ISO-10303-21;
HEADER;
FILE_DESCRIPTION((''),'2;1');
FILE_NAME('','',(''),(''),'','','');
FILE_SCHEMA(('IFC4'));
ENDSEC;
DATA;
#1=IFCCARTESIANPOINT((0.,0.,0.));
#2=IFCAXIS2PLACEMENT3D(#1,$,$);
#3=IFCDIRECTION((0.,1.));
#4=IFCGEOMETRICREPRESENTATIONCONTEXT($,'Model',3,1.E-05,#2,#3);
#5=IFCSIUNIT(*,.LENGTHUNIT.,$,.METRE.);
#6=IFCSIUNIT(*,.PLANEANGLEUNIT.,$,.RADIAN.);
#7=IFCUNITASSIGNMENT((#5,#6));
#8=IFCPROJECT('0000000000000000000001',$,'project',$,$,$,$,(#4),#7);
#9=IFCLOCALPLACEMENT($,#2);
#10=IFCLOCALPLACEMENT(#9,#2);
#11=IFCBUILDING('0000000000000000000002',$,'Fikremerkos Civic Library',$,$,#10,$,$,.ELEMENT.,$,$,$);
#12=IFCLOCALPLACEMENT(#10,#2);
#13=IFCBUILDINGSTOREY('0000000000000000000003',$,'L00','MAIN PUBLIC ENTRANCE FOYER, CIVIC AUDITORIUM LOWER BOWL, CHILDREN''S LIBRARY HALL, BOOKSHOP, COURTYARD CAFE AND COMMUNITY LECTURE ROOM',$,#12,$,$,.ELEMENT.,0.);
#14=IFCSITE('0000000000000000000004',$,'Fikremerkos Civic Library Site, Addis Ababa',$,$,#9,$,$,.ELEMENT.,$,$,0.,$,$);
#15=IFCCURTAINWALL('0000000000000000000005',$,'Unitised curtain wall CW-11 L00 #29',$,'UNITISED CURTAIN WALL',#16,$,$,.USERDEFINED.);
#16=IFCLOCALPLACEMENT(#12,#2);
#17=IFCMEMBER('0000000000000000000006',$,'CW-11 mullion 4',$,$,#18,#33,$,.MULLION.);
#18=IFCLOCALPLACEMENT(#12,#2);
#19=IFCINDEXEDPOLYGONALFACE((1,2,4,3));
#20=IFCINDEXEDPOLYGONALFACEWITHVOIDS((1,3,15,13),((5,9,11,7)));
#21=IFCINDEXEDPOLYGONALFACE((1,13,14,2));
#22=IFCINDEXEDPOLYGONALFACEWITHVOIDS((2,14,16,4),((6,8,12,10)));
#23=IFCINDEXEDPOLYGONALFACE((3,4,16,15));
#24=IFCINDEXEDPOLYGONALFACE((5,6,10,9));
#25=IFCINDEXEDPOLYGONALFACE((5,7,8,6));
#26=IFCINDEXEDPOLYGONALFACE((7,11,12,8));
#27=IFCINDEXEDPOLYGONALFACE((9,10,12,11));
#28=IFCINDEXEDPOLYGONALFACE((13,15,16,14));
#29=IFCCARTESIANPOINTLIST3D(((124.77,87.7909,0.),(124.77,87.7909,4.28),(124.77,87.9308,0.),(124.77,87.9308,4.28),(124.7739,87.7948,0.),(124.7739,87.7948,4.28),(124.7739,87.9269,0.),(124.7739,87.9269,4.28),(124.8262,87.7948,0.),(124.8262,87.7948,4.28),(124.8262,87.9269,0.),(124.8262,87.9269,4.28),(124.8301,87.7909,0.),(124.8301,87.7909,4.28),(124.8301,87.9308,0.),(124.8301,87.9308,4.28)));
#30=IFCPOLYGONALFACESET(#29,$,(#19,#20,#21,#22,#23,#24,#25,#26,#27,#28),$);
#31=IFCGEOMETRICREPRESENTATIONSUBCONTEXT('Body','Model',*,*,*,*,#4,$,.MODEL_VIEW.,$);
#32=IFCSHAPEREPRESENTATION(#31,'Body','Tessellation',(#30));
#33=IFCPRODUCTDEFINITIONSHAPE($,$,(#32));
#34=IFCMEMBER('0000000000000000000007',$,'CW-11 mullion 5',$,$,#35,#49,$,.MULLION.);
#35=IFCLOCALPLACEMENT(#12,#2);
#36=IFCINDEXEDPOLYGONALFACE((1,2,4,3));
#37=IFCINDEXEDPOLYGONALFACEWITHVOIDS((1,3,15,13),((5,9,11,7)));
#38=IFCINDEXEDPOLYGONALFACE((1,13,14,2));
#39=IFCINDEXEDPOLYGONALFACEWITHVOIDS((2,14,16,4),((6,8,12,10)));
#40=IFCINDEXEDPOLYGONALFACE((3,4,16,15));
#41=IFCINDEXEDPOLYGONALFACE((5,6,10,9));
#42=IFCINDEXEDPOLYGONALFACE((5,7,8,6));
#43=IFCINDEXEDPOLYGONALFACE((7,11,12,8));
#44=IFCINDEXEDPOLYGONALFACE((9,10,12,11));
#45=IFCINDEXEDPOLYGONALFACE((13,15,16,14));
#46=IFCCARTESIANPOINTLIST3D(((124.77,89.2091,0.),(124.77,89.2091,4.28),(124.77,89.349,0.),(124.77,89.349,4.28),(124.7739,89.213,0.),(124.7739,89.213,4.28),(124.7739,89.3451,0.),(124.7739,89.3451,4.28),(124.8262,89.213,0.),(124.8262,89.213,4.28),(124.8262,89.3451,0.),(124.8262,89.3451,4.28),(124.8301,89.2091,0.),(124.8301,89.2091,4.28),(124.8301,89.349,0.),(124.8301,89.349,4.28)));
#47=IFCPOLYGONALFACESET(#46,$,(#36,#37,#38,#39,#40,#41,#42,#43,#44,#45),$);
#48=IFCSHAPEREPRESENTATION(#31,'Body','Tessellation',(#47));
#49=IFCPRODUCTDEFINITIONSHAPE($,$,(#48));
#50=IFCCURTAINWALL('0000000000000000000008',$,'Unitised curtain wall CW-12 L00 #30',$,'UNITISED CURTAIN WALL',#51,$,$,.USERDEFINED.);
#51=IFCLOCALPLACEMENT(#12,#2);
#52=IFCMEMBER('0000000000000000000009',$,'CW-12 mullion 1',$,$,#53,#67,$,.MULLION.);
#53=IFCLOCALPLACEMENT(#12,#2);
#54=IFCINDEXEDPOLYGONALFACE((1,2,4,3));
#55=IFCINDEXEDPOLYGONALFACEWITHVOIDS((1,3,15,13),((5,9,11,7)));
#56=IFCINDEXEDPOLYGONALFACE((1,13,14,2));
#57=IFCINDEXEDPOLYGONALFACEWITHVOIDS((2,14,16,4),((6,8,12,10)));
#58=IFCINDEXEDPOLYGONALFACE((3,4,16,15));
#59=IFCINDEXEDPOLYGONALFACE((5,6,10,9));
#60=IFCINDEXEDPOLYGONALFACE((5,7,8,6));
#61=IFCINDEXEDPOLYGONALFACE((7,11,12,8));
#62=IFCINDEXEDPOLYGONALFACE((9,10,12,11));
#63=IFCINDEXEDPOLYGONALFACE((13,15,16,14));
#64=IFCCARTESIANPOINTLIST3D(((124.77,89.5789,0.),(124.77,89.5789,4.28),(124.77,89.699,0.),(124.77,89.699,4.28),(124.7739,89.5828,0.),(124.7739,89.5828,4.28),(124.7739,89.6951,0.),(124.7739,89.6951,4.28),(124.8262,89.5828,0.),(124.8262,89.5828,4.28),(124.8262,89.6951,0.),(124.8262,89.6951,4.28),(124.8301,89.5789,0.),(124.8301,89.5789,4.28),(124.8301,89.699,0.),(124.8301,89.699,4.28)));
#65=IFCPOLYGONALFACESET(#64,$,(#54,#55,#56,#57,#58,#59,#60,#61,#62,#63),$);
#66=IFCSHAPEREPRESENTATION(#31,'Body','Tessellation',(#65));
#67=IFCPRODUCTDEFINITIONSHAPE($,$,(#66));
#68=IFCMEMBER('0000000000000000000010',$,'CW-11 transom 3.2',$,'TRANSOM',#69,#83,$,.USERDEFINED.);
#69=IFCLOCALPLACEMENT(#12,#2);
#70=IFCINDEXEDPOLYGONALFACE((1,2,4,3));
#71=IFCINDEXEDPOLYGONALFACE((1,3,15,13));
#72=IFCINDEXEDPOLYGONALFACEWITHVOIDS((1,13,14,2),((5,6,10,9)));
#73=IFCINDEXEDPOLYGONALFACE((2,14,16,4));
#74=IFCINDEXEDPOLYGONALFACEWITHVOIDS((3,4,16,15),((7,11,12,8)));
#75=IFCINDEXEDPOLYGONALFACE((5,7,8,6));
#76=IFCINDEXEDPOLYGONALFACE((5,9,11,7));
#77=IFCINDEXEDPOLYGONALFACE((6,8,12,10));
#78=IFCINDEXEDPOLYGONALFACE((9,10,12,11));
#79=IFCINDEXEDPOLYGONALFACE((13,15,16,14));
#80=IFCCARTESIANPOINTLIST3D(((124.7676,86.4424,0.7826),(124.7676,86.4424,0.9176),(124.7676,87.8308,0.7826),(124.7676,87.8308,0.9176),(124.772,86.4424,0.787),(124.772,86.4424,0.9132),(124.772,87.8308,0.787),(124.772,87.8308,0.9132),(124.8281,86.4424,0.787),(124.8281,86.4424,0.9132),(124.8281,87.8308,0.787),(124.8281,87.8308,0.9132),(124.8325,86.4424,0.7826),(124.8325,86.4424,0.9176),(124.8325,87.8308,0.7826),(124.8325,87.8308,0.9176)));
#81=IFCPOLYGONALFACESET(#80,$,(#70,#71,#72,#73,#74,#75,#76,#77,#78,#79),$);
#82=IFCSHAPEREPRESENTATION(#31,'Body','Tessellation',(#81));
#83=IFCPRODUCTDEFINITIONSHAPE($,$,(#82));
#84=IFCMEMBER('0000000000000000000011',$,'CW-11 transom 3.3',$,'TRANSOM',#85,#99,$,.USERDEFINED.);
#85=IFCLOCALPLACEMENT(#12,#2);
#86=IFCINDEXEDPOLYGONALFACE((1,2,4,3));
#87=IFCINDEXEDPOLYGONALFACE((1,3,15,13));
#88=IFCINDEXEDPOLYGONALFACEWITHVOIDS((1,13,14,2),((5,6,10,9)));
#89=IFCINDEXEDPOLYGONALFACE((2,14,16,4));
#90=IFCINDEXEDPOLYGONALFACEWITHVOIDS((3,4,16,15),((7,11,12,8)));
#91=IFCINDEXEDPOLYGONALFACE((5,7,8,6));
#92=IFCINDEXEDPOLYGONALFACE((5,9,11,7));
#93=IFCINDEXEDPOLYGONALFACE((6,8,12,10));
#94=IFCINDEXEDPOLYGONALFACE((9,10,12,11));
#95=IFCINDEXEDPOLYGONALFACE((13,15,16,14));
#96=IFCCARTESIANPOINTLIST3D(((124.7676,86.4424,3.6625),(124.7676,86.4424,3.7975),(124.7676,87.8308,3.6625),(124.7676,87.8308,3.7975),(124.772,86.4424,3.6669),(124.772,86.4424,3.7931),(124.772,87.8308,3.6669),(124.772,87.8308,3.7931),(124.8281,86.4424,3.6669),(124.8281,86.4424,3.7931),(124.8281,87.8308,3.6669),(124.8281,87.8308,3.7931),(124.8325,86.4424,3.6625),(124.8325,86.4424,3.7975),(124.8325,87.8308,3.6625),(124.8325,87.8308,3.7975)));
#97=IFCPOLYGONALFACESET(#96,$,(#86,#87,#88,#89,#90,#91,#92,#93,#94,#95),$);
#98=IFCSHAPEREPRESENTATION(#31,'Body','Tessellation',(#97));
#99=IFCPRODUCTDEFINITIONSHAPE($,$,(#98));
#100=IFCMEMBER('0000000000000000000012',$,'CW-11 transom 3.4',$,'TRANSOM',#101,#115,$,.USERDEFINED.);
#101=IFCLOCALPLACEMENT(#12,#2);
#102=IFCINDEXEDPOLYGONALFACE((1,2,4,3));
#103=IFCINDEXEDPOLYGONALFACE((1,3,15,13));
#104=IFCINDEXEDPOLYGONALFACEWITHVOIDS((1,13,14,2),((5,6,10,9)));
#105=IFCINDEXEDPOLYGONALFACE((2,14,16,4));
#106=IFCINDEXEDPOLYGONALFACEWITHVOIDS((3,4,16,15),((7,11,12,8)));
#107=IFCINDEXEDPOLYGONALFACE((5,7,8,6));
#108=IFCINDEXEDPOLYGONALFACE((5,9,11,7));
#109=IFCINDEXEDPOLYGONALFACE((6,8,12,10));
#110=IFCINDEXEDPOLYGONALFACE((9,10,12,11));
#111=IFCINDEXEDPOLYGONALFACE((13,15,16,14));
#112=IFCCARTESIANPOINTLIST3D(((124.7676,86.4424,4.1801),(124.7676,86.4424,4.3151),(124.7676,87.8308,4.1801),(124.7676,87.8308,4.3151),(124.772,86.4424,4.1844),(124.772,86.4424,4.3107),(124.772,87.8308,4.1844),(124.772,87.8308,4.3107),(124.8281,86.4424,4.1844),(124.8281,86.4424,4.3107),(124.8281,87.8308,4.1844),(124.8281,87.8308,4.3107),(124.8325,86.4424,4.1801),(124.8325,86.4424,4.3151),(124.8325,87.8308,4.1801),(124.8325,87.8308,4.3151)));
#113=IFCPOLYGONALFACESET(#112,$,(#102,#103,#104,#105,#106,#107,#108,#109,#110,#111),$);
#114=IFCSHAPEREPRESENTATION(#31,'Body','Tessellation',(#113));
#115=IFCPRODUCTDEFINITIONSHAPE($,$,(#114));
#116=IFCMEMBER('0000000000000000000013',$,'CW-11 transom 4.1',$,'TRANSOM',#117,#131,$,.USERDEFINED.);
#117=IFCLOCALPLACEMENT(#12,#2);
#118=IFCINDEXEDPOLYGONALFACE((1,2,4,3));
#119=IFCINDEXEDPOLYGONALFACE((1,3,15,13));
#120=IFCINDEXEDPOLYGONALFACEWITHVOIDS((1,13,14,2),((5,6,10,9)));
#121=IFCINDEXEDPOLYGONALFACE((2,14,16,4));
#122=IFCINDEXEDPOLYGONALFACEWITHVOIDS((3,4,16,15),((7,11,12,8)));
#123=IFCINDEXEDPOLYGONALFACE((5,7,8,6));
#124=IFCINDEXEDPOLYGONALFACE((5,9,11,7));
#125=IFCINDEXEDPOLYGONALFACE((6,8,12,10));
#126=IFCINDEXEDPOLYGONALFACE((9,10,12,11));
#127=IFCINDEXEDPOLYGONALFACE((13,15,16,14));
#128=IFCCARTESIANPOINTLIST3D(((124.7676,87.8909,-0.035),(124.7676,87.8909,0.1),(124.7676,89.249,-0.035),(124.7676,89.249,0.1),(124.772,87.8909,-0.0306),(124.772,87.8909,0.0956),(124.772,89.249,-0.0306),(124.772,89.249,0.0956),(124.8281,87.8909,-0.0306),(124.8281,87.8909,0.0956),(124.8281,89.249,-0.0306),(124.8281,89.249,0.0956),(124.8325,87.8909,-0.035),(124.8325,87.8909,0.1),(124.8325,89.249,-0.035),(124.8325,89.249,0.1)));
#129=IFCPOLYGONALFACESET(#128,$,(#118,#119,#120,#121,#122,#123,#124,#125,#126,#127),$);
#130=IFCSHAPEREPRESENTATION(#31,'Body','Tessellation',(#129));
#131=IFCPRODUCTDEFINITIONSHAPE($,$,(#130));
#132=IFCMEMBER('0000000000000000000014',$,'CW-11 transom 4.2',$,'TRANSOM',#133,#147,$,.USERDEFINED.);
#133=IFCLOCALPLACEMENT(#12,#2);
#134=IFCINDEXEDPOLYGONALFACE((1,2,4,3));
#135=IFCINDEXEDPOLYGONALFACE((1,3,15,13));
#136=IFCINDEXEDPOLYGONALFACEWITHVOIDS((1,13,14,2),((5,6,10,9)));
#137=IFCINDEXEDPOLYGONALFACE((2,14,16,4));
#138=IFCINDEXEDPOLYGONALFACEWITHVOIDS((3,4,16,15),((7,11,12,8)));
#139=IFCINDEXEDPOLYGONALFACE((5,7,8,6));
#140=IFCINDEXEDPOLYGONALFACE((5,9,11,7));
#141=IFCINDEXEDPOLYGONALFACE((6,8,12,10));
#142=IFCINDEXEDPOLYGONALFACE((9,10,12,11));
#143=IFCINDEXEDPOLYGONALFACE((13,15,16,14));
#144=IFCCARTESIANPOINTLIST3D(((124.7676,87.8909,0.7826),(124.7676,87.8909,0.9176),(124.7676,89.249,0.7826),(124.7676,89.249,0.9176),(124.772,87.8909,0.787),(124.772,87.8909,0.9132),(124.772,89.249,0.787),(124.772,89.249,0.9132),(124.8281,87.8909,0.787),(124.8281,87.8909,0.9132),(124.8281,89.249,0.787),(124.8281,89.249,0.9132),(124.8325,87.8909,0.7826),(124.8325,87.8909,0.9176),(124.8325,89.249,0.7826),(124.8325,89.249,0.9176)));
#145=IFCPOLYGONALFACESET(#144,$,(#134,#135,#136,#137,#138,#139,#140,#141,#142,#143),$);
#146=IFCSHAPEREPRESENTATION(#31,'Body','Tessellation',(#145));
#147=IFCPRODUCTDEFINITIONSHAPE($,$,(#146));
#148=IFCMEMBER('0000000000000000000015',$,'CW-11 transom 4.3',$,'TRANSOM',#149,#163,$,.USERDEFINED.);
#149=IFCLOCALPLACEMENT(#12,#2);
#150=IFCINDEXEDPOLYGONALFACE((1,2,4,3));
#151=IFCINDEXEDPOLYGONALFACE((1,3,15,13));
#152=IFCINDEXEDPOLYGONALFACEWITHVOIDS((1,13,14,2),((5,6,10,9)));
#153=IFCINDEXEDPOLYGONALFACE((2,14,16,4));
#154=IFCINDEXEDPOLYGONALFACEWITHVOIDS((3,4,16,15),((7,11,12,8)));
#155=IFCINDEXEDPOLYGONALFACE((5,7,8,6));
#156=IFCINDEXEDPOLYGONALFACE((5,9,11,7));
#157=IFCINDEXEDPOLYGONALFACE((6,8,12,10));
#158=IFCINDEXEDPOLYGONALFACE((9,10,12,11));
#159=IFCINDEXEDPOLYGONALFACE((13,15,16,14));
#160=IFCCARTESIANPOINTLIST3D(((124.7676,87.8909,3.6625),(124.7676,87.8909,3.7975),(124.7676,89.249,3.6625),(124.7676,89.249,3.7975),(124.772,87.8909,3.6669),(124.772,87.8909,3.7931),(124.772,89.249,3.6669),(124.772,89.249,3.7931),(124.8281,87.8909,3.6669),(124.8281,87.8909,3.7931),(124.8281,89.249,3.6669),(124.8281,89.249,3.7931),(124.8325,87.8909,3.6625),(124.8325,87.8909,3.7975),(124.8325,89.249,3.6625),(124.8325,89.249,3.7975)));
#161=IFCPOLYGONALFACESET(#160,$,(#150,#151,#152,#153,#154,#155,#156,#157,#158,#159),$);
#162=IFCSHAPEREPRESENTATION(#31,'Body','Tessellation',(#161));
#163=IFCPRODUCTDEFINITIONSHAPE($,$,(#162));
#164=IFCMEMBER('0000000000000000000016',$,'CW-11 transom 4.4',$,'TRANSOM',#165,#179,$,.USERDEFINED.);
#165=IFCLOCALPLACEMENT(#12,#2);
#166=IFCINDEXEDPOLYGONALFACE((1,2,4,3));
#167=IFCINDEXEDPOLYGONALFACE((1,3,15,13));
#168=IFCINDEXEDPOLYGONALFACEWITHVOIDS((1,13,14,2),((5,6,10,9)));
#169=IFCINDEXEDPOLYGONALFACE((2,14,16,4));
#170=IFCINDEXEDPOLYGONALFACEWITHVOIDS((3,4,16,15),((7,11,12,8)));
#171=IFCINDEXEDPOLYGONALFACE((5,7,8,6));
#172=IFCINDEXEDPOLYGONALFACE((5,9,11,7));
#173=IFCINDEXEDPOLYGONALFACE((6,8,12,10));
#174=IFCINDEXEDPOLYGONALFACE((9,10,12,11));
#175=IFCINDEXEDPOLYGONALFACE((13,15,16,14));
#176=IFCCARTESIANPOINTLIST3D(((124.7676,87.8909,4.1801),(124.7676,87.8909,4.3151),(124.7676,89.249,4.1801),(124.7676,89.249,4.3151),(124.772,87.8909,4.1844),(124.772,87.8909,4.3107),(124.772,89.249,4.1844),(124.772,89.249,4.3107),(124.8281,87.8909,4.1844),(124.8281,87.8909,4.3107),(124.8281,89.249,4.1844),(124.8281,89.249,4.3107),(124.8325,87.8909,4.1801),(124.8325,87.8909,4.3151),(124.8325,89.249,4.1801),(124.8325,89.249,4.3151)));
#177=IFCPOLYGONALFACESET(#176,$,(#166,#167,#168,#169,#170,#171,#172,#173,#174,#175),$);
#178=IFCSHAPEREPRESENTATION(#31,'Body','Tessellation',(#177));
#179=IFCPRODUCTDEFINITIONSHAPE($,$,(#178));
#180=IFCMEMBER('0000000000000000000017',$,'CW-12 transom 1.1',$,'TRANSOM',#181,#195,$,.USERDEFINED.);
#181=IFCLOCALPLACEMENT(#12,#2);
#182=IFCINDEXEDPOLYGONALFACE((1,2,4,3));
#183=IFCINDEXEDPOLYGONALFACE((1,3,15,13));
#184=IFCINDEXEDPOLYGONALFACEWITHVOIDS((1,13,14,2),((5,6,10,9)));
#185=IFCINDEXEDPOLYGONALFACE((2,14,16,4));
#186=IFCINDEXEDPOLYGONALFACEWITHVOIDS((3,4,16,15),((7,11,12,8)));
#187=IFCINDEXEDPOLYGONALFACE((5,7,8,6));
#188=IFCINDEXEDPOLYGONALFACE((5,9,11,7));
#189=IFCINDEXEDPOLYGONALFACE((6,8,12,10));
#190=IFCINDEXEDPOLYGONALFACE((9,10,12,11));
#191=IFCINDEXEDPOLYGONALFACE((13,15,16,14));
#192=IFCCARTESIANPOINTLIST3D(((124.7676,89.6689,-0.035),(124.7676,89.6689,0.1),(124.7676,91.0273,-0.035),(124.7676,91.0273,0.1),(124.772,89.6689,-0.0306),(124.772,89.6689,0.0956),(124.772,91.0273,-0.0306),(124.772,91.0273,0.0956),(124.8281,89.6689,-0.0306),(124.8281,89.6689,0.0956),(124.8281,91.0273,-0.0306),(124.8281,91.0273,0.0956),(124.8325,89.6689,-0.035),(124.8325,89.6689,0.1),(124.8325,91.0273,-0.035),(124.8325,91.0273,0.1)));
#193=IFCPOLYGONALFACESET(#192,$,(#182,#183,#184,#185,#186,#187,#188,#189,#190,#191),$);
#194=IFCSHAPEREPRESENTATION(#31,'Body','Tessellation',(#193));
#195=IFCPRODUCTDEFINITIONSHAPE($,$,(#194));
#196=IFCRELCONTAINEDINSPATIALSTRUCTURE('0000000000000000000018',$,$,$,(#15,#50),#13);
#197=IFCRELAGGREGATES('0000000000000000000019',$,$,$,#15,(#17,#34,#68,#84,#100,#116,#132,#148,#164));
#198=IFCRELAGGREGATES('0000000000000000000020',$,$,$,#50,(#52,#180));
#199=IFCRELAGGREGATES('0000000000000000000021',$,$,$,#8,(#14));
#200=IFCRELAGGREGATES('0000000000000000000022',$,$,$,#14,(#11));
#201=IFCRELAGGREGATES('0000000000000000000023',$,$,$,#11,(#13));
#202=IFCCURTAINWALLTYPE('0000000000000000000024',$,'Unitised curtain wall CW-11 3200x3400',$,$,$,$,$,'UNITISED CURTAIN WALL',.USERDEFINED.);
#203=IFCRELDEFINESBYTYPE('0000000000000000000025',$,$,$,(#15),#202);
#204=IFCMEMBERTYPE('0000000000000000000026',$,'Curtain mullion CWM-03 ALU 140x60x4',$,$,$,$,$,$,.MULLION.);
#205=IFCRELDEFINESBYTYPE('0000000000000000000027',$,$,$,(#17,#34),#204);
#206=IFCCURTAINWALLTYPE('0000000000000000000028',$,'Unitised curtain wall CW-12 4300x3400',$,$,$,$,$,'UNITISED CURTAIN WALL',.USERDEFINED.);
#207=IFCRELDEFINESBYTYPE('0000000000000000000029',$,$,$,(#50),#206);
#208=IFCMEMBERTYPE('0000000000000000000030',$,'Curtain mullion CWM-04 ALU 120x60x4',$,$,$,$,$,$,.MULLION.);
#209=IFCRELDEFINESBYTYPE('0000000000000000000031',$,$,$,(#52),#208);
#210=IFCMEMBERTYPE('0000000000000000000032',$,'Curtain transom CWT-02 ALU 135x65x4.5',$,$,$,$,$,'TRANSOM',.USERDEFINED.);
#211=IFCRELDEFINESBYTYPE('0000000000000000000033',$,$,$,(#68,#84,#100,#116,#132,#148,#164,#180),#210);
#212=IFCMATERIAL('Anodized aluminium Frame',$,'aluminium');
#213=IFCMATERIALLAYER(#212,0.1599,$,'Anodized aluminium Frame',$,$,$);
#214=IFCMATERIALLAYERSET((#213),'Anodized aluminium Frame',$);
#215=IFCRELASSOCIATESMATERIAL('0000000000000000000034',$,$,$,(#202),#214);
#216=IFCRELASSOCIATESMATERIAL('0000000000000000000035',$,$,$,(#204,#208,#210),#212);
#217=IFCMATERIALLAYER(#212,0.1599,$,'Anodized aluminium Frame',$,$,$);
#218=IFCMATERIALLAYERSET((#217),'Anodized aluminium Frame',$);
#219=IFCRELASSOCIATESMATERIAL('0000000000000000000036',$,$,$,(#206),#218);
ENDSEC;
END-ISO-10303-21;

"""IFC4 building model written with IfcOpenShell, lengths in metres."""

from ifc_helpers import new_model, si_unit, direction, frame, origin, origin_2d, place, context, subcontext, project, spatial, hollow_rectangle, extrude, material, layer, layer_set, material_profile, profile_set, type_object, element, aggregate, save


model = new_model("IFC4")

# Units and contexts
model_context = context("Model", 3, precision=1e-05, world=origin(), true_north=direction((0.0, 1.0)))
body_context = subcontext(model_context, "Body", "Model", "MODEL_VIEW")
ifc_project = project(units=[si_unit("LENGTHUNIT", "METRE"), si_unit("PLANEANGLEUNIT", "RADIAN")], contexts=[model_context])

# Site, building, storey
site_placement = place(None, origin())
site = spatial("IfcSite", under=ifc_project, at=site_placement, Name="Fikremerkos Civic Library Site, Addis Ababa", CompositionType="ELEMENT", RefElevation=0.0)
building_placement = place(site_placement, origin())
building = spatial("IfcBuilding", under=site, at=building_placement, Name="Fikremerkos Civic Library", CompositionType="ELEMENT")
storey_placement = place(building_placement, origin())
storey = spatial("IfcBuildingStorey", under=building, at=storey_placement, Name="L00", Description="MAIN PUBLIC ENTRANCE FOYER, CIVIC AUDITORIUM LOWER BOWL, CHILDREN'S LIBRARY HALL, BOOKSHOP, COURTYARD CAFE AND COMMUNITY LECTURE ROOM", CompositionType="ELEMENT", Elevation=0.0)

# Curtain wall, members
ifc_material_1 = material(Name="Anodized aluminium Frame", Category="aluminium")
ifc_layer_1 = layer(ifc_material_1, 0.1599, Name="Anodized aluminium Frame")
ifc_layer_set_1 = layer_set([ifc_layer_1], Name="Anodized aluminium Frame")
curtain_wall_type_1 = type_object("IfcCurtainWallType", Name="Unitised curtain wall CW-11 3200x3400", ElementType="UNITISED CURTAIN WALL", PredefinedType="USERDEFINED", material=ifc_layer_set_1)
curtain_wall_1_placement = place(storey_placement, origin())
curtain_wall_1 = element("IfcCurtainWall", 1, at=curtain_wall_1_placement, inside=storey, type_object=curtain_wall_type_1, Name="Unitised curtain wall CW-11 L00 #29", ObjectType="UNITISED CURTAIN WALL", PredefinedType="USERDEFINED")
ifc_material_profile_1 = material_profile(ifc_material_1, hollow_rectangle(XDim=0.0601, YDim=0.1399, WallThickness=0.0039, at=origin_2d()), Name="ALU 140x60x4")
ifc_profile_set_1 = profile_set([ifc_material_profile_1], Name="Anodized aluminium Frame")
member_type_1 = type_object("IfcMemberType", Name="Curtain mullion CWM-03 ALU 140x60x4", PredefinedType="MULLION", material=ifc_profile_set_1)
member_1_placement = place(storey_placement, frame((124.8, 87.8608, 0.0), z_axis=(0.0, 0.0, 1.0), x_axis=(-1.0, 0.0, 0.0)))
member_1 = element("IfcMember", 2, at=member_1_placement, type_object=member_type_1, Name="CW-11 mullion 4", PredefinedType="MULLION", context=body_context, shape_type="SweptSolid", body=[
    extrude(hollow_rectangle(XDim=0.0601, YDim=0.1399, WallThickness=0.0039, at=origin_2d()), origin(), (0.0, 0.0, 1.0), 4.28),
])
member_2_placement = place(storey_placement, frame((124.8, 89.2791, 0.0), z_axis=(0.0, 0.0, 1.0), x_axis=(-1.0, 0.0, 0.0)))
member_2 = element("IfcMember", 3, at=member_2_placement, type_object=member_type_1, Name="CW-11 mullion 5", PredefinedType="MULLION", context=body_context, shape_type="SweptSolid", body=[
    extrude(hollow_rectangle(XDim=0.0601, YDim=0.1399, WallThickness=0.0039, at=origin_2d()), origin(), (0.0, 0.0, 1.0), 4.28),
])

# Curtain wall, member
ifc_layer_2 = layer(ifc_material_1, 0.1599, Name="Anodized aluminium Frame")
ifc_layer_set_2 = layer_set([ifc_layer_2], Name="Anodized aluminium Frame")
curtain_wall_type_2 = type_object("IfcCurtainWallType", Name="Unitised curtain wall CW-12 4300x3400", ElementType="UNITISED CURTAIN WALL", PredefinedType="USERDEFINED", material=ifc_layer_set_2)
curtain_wall_2_placement = place(storey_placement, origin())
curtain_wall_2 = element("IfcCurtainWall", 4, at=curtain_wall_2_placement, inside=storey, type_object=curtain_wall_type_2, Name="Unitised curtain wall CW-12 L00 #30", ObjectType="UNITISED CURTAIN WALL", PredefinedType="USERDEFINED")
ifc_material_profile_2 = material_profile(ifc_material_1, hollow_rectangle(XDim=0.0601, YDim=0.1201, WallThickness=0.0039, at=origin_2d()), Name="ALU 120x60x4")
ifc_profile_set_2 = profile_set([ifc_material_profile_2], Name="Anodized aluminium Frame")
member_type_2 = type_object("IfcMemberType", Name="Curtain mullion CWM-04 ALU 120x60x4", PredefinedType="MULLION", material=ifc_profile_set_2)
member_3_placement = place(storey_placement, frame((124.8, 89.6389, 0.0), z_axis=(0.0, 0.0, 1.0), x_axis=(-1.0, 0.0, 0.0)))
member_3 = element("IfcMember", 5, at=member_3_placement, type_object=member_type_2, Name="CW-12 mullion 1", PredefinedType="MULLION", context=body_context, shape_type="SweptSolid", body=[
    extrude(hollow_rectangle(XDim=0.0601, YDim=0.1201, WallThickness=0.0039, at=origin_2d()), origin(), (0.0, 0.0, 1.0), 4.28),
])

# Members
ifc_material_profile_3 = material_profile(ifc_material_1, hollow_rectangle(XDim=0.0649, YDim=0.135, WallThickness=0.0044, at=origin_2d()), Name="ALU 135x65x4.5")
ifc_profile_set_3 = profile_set([ifc_material_profile_3], Name="Anodized aluminium Frame")
member_type_3 = type_object("IfcMemberType", Name="Curtain transom CWT-02 ALU 135x65x4.5", ElementType="TRANSOM", PredefinedType="USERDEFINED", material=ifc_profile_set_3)
member_4_placement = place(storey_placement, frame((124.8, 86.4424, 0.8501), z_axis=(0.0, 1.0, 0.0), x_axis=(-1.0, 0.0, 0.0)))
member_4 = element("IfcMember", 6, at=member_4_placement, type_object=member_type_3, Name="CW-11 transom 3.2", ObjectType="TRANSOM", PredefinedType="USERDEFINED", context=body_context, shape_type="SweptSolid", body=[
    extrude(hollow_rectangle(XDim=0.0649, YDim=0.135, WallThickness=0.0044, at=origin_2d()), origin(), (0.0, 0.0, 1.0), 1.3884),
])
member_5_placement = place(storey_placement, frame((124.8, 86.4424, 3.73), z_axis=(0.0, 1.0, 0.0), x_axis=(-1.0, 0.0, 0.0)))
member_5 = element("IfcMember", 7, at=member_5_placement, type_object=member_type_3, Name="CW-11 transom 3.3", ObjectType="TRANSOM", PredefinedType="USERDEFINED", context=body_context, shape_type="SweptSolid", body=[
    extrude(hollow_rectangle(XDim=0.0649, YDim=0.135, WallThickness=0.0044, at=origin_2d()), origin(), (0.0, 0.0, 1.0), 1.3884),
])
member_6_placement = place(storey_placement, frame((124.8, 86.4424, 4.2476), z_axis=(0.0, 1.0, 0.0), x_axis=(-1.0, 0.0, 0.0)))
member_6 = element("IfcMember", 8, at=member_6_placement, type_object=member_type_3, Name="CW-11 transom 3.4", ObjectType="TRANSOM", PredefinedType="USERDEFINED", context=body_context, shape_type="SweptSolid", body=[
    extrude(hollow_rectangle(XDim=0.0649, YDim=0.135, WallThickness=0.0044, at=origin_2d()), origin(), (0.0, 0.0, 1.0), 1.3884),
])
member_7_placement = place(storey_placement, frame((124.8, 87.8909, 0.0325), z_axis=(0.0, 1.0, 0.0), x_axis=(-1.0, 0.0, 0.0)))
member_7 = element("IfcMember", 9, at=member_7_placement, type_object=member_type_3, Name="CW-11 transom 4.1", ObjectType="TRANSOM", PredefinedType="USERDEFINED", context=body_context, shape_type="SweptSolid", body=[
    extrude(hollow_rectangle(XDim=0.0649, YDim=0.135, WallThickness=0.0044, at=origin_2d()), origin(), (0.0, 0.0, 1.0), 1.3582),
])
member_8_placement = place(storey_placement, frame((124.8, 87.8909, 0.8501), z_axis=(0.0, 1.0, 0.0), x_axis=(-1.0, 0.0, 0.0)))
member_8 = element("IfcMember", 10, at=member_8_placement, type_object=member_type_3, Name="CW-11 transom 4.2", ObjectType="TRANSOM", PredefinedType="USERDEFINED", context=body_context, shape_type="SweptSolid", body=[
    extrude(hollow_rectangle(XDim=0.0649, YDim=0.135, WallThickness=0.0044, at=origin_2d()), origin(), (0.0, 0.0, 1.0), 1.3582),
])
member_9_placement = place(storey_placement, frame((124.8, 87.8909, 3.73), z_axis=(0.0, 1.0, 0.0), x_axis=(-1.0, 0.0, 0.0)))
member_9 = element("IfcMember", 11, at=member_9_placement, type_object=member_type_3, Name="CW-11 transom 4.3", ObjectType="TRANSOM", PredefinedType="USERDEFINED", context=body_context, shape_type="SweptSolid", body=[
    extrude(hollow_rectangle(XDim=0.0649, YDim=0.135, WallThickness=0.0044, at=origin_2d()), origin(), (0.0, 0.0, 1.0), 1.3582),
])
member_10_placement = place(storey_placement, frame((124.8, 87.8909, 4.2476), z_axis=(0.0, 1.0, 0.0), x_axis=(-1.0, 0.0, 0.0)))
member_10 = element("IfcMember", 12, at=member_10_placement, type_object=member_type_3, Name="CW-11 transom 4.4", ObjectType="TRANSOM", PredefinedType="USERDEFINED", context=body_context, shape_type="SweptSolid", body=[
    extrude(hollow_rectangle(XDim=0.0649, YDim=0.135, WallThickness=0.0044, at=origin_2d()), origin(), (0.0, 0.0, 1.0), 1.3582),
])
member_11_placement = place(storey_placement, frame((124.8, 89.6689, 0.0325), z_axis=(0.0, 1.0, 0.0), x_axis=(-1.0, 0.0, 0.0)))
member_11 = element("IfcMember", 13, at=member_11_placement, type_object=member_type_3, Name="CW-12 transom 1.1", ObjectType="TRANSOM", PredefinedType="USERDEFINED", context=body_context, shape_type="SweptSolid", body=[
    extrude(hollow_rectangle(XDim=0.0649, YDim=0.135, WallThickness=0.0044, at=origin_2d()), origin(), (0.0, 0.0, 1.0), 1.3584),
])

aggregate(curtain_wall_1, [member_1, member_2, member_4, member_5, member_6, member_7, member_8, member_9, member_10])
aggregate(curtain_wall_2, [member_3, member_11])

save(model, "model.ifc")
